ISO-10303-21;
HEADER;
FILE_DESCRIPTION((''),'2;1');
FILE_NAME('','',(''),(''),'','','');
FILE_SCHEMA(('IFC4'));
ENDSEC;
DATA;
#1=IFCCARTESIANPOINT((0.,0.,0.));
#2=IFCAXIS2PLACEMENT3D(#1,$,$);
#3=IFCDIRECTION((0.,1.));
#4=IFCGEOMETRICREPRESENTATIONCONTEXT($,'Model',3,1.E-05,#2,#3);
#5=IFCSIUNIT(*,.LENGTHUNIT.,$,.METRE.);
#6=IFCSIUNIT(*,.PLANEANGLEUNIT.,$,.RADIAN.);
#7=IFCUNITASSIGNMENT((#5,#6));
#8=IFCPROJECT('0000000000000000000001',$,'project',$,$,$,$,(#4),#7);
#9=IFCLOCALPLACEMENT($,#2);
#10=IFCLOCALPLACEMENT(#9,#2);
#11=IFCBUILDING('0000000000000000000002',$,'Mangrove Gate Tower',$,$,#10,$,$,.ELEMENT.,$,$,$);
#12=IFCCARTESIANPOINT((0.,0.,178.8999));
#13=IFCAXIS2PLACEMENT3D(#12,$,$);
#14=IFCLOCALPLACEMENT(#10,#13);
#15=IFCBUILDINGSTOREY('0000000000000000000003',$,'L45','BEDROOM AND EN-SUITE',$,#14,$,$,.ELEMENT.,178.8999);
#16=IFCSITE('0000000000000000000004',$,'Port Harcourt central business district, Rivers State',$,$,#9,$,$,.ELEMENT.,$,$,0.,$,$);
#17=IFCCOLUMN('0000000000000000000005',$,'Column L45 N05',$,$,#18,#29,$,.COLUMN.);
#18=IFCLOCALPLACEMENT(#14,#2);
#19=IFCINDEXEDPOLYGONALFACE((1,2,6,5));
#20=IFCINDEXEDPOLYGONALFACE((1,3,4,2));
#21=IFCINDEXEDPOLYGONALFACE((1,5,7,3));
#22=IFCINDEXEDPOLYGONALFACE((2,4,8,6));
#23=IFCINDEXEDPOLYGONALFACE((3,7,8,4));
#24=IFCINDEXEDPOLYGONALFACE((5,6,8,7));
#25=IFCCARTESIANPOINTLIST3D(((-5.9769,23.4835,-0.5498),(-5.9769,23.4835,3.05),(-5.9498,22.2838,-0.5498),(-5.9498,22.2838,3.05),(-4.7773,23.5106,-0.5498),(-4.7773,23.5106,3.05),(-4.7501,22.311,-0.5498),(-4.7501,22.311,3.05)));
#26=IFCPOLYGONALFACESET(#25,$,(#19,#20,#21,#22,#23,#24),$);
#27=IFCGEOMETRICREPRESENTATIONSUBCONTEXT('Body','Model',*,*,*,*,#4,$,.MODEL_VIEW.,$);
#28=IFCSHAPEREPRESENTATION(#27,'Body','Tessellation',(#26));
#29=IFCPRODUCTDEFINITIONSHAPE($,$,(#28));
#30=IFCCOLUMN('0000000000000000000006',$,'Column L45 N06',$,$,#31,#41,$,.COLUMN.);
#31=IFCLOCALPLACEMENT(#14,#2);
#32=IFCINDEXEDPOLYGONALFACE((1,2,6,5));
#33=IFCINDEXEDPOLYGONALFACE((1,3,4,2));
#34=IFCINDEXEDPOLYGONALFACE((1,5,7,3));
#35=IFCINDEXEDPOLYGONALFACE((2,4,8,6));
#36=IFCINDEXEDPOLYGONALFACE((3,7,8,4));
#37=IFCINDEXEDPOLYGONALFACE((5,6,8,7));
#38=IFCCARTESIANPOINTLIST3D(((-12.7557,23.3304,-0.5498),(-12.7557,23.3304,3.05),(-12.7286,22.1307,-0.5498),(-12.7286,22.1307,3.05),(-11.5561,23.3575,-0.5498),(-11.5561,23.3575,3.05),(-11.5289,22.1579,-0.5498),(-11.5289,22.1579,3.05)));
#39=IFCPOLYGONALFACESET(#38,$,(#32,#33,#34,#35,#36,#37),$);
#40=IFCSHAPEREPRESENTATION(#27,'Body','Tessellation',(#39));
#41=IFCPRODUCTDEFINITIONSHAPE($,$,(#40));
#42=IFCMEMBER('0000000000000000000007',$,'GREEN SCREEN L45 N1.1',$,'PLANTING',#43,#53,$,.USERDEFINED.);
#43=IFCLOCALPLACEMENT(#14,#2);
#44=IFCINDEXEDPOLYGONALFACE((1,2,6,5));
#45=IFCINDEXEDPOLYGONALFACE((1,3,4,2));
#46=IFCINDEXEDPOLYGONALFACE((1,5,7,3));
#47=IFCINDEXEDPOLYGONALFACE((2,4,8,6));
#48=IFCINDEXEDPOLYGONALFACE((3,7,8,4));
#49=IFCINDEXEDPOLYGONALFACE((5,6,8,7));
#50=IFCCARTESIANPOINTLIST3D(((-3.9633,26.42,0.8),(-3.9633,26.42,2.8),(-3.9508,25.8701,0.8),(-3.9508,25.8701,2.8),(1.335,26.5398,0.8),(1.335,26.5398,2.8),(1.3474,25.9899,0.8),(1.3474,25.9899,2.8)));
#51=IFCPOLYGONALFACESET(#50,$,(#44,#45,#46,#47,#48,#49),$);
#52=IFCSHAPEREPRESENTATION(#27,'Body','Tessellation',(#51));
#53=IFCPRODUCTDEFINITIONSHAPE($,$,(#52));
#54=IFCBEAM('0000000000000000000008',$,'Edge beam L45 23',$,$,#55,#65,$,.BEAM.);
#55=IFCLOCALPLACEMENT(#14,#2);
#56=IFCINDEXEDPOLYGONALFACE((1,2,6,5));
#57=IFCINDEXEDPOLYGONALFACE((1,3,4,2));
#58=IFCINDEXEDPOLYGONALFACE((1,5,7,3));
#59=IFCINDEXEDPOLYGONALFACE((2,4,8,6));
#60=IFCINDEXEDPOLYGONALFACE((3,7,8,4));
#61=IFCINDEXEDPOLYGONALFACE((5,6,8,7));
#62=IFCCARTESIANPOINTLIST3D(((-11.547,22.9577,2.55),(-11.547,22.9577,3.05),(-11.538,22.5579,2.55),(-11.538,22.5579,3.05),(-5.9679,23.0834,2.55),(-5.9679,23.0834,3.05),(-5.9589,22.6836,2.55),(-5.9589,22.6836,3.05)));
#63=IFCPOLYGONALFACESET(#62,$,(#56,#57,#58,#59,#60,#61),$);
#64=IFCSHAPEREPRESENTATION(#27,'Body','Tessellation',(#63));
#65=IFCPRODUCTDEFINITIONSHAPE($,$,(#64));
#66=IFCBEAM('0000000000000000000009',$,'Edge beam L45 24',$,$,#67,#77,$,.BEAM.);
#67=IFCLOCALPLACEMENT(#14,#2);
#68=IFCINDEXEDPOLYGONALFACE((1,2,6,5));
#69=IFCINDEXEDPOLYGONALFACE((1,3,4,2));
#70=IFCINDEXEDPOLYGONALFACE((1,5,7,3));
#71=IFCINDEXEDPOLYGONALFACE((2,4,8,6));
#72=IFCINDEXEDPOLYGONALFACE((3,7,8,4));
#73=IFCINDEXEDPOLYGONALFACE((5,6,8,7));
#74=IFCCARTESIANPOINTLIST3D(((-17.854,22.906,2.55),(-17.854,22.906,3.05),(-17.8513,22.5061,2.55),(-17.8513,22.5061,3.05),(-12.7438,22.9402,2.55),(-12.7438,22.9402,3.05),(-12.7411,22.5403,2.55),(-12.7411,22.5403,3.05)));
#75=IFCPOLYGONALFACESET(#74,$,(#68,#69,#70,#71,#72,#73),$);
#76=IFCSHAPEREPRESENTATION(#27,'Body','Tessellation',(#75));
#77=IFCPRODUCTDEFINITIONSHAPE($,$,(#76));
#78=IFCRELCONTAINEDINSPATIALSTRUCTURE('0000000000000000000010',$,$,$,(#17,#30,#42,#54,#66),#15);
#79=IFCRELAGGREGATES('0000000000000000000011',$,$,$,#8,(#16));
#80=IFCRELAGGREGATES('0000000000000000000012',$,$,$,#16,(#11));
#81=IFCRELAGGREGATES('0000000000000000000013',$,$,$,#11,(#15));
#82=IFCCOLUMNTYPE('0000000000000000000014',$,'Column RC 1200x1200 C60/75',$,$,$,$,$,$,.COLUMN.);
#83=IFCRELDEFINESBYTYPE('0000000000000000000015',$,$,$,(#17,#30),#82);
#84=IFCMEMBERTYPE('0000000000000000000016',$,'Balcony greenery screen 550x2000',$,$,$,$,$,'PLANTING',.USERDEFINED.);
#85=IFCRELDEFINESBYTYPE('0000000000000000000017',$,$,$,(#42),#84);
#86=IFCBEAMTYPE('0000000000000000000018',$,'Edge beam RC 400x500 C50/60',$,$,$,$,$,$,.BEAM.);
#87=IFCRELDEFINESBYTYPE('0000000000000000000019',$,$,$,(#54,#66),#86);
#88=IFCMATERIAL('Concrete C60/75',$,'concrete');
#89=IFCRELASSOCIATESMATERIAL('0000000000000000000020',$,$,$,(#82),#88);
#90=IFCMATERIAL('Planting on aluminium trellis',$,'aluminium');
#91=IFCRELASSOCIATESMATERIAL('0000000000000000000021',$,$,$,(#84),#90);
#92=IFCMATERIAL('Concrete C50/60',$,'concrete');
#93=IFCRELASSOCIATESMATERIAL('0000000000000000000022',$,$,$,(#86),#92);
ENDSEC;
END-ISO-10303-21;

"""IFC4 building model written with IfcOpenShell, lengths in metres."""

from ifc_helpers import new_model, si_unit, direction, frame, origin, origin_2d, place, context, subcontext, project, spatial, rectangle, extrude, material, material_profile, profile_set, type_object, element, save


model = new_model("IFC4")

# Units and contexts
model_context = context("Model", 3, precision=1e-05, world=origin(), true_north=direction((0.0, 1.0)))
body_context = subcontext(model_context, "Body", "Model", "MODEL_VIEW")
ifc_project = project(units=[si_unit("LENGTHUNIT", "METRE"), si_unit("PLANEANGLEUNIT", "RADIAN")], contexts=[model_context])

# Site, building, storey
site_placement = place(None, origin())
site = spatial("IfcSite", under=ifc_project, at=site_placement, Name="Port Harcourt central business district, Rivers State", CompositionType="ELEMENT", RefElevation=0.0)
building_placement = place(site_placement, origin())
building = spatial("IfcBuilding", under=site, at=building_placement, Name="Mangrove Gate Tower", CompositionType="ELEMENT")
storey_placement = place(building_placement, frame((0.0, 0.0, 178.8999)))
storey = spatial("IfcBuildingStorey", under=building, at=storey_placement, Name="L45", Description="BEDROOM AND EN-SUITE", CompositionType="ELEMENT", Elevation=178.8999)

# Columns
ifc_material_1 = material(Name="Concrete C60/75", Category="concrete")
ifc_material_profile_1 = material_profile(ifc_material_1, rectangle(XDim=1.2, YDim=1.2, at=origin_2d()))
ifc_profile_set_1 = profile_set([ifc_material_profile_1], Name="Concrete C60/75")
column_type = type_object("IfcColumnType", Name="Column RC 1200x1200 C60/75", PredefinedType="COLUMN", material=ifc_profile_set_1)
for number, where, z_axis, x_axis, name in (
    (1, (-5.3635, 22.8972, -0.5498), (0.0, 0.0, 1.0), (-0.999744, -0.022639, 0.0), "Column L45 N05"),
    (2, (-12.1423, 22.7441, -0.5498), (0.0, 0.0, 1.0), (-0.999744, -0.022639, 0.0), "Column L45 N06"),
):
    element("IfcColumn", number, at=place(storey_placement, frame(where, z_axis=z_axis, x_axis=x_axis)), inside=storey, type_object=column_type, Name=name, PredefinedType="COLUMN", context=body_context, shape_type="SweptSolid", body=[
        extrude(rectangle(XDim=1.2, YDim=1.2, at=origin_2d()), origin(), (0.0, 0.0, 1.0), 3.5999),
    ])

# Member
ifc_material_2 = material(Name="Planting on aluminium trellis", Category="aluminium")
ifc_material_profile_2 = material_profile(ifc_material_2, rectangle(XDim=0.55, YDim=2.0, at=origin_2d()))
ifc_profile_set_2 = profile_set([ifc_material_profile_2], Name="Planting on aluminium trellis")
member_type = type_object("IfcMemberType", Name="Balcony greenery screen 550x2000", ElementType="PLANTING", PredefinedType="USERDEFINED", material=ifc_profile_set_2)
member_placement = place(storey_placement, frame((-3.957, 26.145, 1.8), z_axis=(0.999744, 0.02262, 0.0), x_axis=(-0.02262, 0.999744, 0.0)))
element("IfcMember", 3, at=member_placement, inside=storey, type_object=member_type, Name="GREEN SCREEN L45 N1.1", ObjectType="PLANTING", PredefinedType="USERDEFINED", context=body_context, shape_type="SweptSolid", body=[
    extrude(rectangle(XDim=0.55, YDim=2.0, at=origin_2d()), origin(), (0.0, 0.0, 1.0), 5.2996),
])

# Beams
ifc_material_3 = material(Name="Concrete C50/60", Category="concrete")
ifc_material_profile_3 = material_profile(ifc_material_3, rectangle(XDim=0.3999, YDim=0.5, at=origin_2d()))
ifc_profile_set_3 = profile_set([ifc_material_profile_3], Name="Concrete C50/60")
beam_type = type_object("IfcBeamType", Name="Edge beam RC 400x500 C50/60", PredefinedType="BEAM", material=ifc_profile_set_3)
beam_1_placement = place(storey_placement, frame((-5.9634, 22.8835, 2.8), z_axis=(-0.999746, -0.022531, 0.0), x_axis=(0.022531, -0.999746, 0.0)))
element("IfcBeam", 4, at=beam_1_placement, inside=storey, type_object=beam_type, Name="Edge beam L45 23", PredefinedType="BEAM", context=body_context, shape_type="SweptSolid", body=[
    extrude(rectangle(XDim=0.3999, YDim=0.5, at=origin_2d()), origin(), (0.0, 0.0, 1.0), 5.5806),
])
beam_2_placement = place(storey_placement, frame((-12.7424, 22.7402, 2.8), z_axis=(-0.999978, -0.006688, 0.0), x_axis=(0.006688, -0.999978, 0.0)))
element("IfcBeam", 5, at=beam_2_placement, inside=storey, type_object=beam_type, Name="Edge beam L45 24", PredefinedType="BEAM", context=body_context, shape_type="SweptSolid", body=[
    extrude(rectangle(XDim=0.3999, YDim=0.5, at=origin_2d()), origin(), (0.0, 0.0, 1.0), 5.1104),
])

save(model, "model.ifc")
